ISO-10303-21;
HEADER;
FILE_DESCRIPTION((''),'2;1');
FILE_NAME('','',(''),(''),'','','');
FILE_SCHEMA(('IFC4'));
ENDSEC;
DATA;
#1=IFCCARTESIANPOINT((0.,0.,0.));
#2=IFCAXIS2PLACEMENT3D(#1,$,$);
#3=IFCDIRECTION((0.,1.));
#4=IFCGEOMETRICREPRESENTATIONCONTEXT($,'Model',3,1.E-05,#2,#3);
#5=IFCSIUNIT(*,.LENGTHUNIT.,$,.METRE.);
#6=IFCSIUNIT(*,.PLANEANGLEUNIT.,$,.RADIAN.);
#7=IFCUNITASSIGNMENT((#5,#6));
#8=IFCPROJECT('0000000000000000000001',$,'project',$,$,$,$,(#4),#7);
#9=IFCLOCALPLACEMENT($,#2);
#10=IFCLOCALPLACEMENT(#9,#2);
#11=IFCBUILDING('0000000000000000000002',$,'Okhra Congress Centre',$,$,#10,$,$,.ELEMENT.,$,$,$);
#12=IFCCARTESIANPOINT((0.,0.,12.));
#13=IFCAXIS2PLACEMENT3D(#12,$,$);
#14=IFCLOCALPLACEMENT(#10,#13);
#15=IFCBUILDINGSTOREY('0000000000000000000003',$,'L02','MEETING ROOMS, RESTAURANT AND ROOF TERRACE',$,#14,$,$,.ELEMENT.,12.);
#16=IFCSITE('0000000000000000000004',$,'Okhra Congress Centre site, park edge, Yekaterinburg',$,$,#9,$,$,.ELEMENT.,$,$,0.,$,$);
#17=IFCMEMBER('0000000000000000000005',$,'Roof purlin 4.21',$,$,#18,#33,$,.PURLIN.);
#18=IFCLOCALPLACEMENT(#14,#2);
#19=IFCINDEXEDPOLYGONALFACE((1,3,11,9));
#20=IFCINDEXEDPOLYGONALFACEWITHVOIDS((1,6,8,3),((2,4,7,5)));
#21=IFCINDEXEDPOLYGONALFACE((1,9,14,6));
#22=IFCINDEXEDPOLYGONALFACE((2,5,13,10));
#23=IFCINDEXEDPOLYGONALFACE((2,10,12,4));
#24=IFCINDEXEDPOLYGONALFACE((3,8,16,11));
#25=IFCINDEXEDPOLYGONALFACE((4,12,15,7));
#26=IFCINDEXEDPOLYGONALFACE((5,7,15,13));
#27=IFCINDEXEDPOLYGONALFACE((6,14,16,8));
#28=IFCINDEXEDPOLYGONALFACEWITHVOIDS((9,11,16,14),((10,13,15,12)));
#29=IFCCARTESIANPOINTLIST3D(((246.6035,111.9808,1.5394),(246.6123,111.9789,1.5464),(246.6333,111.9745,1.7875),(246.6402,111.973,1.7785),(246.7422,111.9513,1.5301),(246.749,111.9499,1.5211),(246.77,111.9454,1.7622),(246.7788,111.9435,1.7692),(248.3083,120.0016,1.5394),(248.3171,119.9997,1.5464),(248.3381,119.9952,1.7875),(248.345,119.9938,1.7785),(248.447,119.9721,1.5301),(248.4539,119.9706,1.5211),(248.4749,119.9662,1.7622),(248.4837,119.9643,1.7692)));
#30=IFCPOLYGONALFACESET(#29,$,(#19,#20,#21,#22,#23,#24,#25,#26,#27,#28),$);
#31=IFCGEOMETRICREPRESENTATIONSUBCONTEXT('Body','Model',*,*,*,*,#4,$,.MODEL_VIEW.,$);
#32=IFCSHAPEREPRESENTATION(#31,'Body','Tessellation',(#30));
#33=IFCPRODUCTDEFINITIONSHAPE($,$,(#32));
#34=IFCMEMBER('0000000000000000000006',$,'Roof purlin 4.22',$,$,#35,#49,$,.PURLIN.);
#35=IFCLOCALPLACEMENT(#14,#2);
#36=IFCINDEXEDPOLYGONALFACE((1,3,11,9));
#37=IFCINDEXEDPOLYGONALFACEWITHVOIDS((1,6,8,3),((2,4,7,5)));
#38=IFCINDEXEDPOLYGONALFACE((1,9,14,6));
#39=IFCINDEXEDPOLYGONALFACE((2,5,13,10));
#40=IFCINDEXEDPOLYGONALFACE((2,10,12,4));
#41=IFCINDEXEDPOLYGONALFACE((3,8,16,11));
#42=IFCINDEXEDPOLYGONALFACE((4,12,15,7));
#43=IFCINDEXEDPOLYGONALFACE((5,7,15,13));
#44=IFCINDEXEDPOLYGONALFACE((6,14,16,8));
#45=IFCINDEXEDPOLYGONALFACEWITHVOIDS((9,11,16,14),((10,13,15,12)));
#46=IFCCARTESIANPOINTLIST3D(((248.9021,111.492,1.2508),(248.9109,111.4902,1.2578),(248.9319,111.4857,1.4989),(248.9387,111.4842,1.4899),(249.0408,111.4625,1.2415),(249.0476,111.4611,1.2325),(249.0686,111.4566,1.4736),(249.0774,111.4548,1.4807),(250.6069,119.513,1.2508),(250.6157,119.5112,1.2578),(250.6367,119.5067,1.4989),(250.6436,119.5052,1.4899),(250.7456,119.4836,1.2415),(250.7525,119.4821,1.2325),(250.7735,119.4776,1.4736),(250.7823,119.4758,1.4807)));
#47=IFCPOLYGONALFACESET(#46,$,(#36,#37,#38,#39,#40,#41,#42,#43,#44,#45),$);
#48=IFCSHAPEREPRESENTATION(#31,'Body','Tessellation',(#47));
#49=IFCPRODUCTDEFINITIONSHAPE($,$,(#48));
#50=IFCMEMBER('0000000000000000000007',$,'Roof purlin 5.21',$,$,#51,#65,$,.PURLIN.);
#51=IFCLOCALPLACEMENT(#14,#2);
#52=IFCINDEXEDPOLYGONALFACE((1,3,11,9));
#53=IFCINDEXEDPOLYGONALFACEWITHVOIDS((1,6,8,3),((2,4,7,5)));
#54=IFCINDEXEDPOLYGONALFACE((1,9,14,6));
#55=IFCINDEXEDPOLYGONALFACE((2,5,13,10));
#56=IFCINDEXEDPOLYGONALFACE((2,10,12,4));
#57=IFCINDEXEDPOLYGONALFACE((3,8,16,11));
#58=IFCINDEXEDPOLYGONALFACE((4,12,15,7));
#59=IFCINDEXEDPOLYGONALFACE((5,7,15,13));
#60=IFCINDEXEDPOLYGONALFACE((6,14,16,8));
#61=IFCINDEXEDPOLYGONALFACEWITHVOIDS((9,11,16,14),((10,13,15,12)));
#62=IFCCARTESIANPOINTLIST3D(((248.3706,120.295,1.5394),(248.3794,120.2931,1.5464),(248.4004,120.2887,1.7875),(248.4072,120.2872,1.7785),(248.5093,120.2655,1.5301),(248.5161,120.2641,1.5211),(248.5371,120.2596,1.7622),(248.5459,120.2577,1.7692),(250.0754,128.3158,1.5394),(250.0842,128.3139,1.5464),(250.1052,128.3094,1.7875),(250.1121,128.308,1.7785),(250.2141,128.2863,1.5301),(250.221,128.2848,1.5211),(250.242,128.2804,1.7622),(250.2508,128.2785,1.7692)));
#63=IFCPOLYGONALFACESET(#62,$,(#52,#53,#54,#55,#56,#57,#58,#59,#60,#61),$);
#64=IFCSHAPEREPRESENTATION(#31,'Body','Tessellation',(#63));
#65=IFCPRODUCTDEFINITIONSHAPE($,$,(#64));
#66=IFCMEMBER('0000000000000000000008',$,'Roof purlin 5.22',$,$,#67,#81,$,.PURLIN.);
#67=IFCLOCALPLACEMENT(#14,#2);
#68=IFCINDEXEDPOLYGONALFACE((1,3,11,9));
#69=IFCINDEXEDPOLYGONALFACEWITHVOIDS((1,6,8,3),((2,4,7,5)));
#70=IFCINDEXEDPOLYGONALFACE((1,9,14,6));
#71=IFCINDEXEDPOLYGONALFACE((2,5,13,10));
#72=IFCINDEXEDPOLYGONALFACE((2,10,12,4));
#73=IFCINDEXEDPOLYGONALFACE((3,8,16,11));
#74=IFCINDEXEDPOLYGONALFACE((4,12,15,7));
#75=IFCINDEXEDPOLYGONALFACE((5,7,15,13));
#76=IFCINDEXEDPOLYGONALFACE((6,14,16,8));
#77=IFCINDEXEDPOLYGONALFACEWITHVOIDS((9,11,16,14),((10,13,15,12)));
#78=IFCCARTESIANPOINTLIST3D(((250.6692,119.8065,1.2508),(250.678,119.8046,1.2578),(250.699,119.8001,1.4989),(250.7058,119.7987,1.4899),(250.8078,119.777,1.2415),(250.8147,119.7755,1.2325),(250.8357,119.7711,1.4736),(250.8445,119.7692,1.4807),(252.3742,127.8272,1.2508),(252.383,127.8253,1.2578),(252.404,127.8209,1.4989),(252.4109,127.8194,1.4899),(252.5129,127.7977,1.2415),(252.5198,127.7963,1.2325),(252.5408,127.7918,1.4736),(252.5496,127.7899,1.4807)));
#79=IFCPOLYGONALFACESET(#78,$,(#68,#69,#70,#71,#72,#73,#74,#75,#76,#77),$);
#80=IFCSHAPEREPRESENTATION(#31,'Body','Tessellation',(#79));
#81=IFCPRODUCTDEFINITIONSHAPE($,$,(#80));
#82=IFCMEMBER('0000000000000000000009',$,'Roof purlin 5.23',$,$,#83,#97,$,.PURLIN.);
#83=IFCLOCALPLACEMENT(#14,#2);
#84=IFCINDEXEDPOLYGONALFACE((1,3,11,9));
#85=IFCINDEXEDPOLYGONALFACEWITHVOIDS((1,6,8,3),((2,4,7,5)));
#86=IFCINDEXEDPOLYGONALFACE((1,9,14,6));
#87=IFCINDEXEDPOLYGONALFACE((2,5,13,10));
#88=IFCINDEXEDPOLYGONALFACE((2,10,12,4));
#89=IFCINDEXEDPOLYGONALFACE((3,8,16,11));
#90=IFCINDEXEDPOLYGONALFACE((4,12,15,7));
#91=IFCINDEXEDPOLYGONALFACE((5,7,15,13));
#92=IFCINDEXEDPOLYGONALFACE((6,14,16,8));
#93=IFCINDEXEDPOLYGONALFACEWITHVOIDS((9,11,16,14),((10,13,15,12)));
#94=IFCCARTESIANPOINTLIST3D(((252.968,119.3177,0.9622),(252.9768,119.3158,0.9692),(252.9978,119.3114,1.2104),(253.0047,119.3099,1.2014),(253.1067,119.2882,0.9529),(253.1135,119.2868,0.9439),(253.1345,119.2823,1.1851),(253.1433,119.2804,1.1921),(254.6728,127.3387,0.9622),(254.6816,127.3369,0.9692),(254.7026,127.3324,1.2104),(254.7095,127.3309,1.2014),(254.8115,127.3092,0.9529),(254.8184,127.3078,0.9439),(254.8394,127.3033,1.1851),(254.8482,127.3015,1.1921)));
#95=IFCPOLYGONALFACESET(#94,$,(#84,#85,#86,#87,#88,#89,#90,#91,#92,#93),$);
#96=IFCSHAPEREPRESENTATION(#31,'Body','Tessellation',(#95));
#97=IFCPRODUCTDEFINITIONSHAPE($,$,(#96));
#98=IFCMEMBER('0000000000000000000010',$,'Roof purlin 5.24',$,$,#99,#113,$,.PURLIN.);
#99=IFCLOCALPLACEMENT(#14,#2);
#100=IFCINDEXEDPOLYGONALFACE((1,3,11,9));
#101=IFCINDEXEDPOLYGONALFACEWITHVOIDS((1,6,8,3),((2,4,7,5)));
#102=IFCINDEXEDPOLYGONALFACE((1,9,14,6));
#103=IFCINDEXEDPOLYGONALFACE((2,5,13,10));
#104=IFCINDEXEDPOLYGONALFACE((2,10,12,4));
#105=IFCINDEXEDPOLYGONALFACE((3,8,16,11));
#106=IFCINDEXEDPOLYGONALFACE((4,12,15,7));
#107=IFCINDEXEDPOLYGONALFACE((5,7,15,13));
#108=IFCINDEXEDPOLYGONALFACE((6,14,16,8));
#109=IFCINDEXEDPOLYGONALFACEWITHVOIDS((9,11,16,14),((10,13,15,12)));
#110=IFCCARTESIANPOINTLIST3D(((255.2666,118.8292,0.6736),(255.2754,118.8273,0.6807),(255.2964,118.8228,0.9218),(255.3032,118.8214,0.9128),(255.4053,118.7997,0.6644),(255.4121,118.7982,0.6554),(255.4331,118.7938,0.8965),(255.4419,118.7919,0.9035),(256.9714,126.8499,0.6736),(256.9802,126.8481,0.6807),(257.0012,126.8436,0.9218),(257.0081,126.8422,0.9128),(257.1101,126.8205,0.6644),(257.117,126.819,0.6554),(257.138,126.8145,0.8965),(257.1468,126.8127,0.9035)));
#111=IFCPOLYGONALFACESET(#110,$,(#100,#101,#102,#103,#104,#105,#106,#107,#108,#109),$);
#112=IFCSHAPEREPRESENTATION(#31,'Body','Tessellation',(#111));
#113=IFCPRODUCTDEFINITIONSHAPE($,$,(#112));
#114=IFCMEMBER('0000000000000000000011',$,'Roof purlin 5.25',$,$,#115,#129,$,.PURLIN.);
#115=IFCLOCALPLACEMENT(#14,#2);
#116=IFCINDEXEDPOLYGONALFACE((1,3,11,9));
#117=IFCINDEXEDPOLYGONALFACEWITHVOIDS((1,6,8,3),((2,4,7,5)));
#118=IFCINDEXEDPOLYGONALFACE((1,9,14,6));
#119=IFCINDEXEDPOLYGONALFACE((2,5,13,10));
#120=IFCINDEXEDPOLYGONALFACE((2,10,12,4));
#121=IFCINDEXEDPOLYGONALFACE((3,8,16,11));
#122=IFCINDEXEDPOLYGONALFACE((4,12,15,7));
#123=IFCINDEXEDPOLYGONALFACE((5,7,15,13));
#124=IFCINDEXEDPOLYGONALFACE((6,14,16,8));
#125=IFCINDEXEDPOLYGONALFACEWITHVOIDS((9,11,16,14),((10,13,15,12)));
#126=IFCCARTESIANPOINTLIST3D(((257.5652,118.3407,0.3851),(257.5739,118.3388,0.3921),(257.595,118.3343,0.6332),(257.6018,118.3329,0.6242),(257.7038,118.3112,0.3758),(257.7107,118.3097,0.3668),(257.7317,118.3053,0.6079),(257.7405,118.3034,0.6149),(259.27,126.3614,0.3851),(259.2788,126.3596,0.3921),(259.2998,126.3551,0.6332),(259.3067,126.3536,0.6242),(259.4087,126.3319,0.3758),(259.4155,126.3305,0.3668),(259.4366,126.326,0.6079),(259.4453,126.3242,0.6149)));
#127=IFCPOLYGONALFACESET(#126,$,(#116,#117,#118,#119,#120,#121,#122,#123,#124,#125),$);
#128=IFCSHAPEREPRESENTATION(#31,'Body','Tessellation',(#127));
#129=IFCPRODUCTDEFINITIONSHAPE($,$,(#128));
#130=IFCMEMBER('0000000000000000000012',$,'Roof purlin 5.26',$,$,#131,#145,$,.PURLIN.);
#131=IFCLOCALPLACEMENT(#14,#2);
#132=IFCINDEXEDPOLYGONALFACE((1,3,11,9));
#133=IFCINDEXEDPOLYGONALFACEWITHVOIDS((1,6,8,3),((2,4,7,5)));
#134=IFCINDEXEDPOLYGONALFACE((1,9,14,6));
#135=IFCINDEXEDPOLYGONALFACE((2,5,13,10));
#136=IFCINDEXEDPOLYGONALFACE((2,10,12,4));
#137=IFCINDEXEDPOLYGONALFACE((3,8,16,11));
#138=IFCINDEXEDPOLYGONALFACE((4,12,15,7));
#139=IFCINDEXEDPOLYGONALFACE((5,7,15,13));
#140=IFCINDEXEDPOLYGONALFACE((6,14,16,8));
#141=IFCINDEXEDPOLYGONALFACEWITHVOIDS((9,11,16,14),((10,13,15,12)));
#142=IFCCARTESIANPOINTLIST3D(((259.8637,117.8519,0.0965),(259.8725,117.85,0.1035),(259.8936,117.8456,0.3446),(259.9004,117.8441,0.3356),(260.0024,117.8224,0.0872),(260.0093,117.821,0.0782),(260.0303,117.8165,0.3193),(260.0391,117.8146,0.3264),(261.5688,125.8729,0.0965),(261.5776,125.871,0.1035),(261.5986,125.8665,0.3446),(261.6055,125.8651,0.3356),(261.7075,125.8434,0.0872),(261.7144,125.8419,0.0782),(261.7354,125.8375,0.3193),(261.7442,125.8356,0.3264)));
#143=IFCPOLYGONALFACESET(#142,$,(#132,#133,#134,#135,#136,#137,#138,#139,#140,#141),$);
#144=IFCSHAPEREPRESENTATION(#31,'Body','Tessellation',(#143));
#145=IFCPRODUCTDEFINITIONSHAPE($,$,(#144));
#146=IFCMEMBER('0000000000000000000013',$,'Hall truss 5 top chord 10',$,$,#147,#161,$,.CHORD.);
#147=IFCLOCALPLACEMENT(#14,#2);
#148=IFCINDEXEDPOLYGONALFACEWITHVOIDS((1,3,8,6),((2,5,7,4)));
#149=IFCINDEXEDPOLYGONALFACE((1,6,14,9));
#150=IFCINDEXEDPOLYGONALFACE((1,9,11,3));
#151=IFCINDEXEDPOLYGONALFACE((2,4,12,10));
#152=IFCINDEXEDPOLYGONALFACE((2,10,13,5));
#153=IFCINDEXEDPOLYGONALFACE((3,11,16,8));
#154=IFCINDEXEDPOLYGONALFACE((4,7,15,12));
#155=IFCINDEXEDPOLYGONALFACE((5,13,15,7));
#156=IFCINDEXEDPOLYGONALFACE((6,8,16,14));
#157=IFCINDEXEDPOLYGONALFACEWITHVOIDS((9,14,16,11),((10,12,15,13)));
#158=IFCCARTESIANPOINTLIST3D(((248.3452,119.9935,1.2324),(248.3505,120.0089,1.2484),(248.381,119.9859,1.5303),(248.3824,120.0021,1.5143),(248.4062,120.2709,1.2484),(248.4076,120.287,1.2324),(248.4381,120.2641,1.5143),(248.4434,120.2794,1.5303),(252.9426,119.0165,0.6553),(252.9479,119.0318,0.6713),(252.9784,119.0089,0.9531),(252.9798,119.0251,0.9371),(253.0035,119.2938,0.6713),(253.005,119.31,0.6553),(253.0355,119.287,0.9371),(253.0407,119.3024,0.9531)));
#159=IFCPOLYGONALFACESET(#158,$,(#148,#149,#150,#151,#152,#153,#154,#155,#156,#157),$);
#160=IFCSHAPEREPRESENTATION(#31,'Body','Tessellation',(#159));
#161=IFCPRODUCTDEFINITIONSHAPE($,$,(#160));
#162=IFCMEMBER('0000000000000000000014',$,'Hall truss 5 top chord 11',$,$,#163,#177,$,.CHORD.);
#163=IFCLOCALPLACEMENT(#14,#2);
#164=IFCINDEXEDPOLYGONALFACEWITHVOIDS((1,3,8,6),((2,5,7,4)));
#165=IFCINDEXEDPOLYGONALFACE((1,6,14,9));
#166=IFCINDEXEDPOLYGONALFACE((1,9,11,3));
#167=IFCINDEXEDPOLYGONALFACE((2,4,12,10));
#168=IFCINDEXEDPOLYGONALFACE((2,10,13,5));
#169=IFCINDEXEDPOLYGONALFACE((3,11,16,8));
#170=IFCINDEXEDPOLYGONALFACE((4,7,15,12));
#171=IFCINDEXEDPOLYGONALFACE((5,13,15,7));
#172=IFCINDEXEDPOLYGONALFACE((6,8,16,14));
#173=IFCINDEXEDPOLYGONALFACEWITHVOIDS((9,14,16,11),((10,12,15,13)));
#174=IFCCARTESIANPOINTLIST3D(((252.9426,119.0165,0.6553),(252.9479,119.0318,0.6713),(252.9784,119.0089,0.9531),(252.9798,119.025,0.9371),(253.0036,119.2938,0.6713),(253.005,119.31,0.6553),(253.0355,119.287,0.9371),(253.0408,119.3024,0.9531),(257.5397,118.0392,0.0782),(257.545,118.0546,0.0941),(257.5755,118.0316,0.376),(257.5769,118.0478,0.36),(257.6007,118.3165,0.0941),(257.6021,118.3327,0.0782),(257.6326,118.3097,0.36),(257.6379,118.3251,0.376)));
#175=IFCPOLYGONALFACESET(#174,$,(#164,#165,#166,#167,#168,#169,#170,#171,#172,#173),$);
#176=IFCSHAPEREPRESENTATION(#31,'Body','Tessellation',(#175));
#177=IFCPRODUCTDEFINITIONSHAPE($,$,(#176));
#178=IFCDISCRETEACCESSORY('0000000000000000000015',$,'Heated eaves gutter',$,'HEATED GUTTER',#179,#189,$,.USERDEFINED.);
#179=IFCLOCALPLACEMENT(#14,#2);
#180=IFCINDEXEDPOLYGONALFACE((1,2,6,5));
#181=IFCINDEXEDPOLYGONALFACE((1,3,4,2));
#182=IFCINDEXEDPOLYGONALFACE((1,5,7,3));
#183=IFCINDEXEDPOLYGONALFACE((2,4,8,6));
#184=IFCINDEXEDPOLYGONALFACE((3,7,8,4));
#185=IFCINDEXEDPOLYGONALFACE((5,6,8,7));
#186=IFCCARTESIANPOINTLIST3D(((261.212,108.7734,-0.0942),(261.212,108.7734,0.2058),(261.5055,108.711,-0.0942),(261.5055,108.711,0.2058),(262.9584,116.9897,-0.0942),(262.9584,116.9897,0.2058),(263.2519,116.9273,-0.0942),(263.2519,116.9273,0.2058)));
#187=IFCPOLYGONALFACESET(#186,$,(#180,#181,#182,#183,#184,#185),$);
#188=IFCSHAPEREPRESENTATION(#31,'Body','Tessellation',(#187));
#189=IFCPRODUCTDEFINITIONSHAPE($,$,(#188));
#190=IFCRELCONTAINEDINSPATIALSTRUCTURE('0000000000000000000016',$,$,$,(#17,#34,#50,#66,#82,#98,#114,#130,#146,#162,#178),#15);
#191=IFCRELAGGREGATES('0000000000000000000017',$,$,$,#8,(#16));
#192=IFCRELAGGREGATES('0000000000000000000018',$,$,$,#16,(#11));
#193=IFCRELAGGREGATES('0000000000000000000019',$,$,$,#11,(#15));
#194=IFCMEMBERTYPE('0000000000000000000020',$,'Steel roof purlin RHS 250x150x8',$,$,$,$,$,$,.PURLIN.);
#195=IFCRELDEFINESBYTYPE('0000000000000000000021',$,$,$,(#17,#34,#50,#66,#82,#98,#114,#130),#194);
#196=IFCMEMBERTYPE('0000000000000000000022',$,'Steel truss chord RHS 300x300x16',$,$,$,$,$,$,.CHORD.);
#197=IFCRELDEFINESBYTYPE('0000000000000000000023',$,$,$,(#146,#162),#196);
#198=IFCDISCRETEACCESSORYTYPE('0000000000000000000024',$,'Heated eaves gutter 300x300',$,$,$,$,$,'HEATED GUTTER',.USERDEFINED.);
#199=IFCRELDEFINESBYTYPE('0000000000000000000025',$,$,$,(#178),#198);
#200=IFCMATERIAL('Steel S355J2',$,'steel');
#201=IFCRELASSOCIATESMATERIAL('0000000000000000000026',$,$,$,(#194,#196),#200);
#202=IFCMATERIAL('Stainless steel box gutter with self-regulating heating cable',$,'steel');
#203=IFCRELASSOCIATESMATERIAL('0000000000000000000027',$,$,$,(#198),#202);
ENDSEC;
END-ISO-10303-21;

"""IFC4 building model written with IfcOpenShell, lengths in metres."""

from ifc_helpers import new_model, si_unit, direction, frame, origin, origin_2d, place, context, subcontext, project, spatial, rectangle, hollow_rectangle, extrude, material, material_profile, profile_set, type_object, element, save


model = new_model("IFC4")

# Units and contexts
model_context = context("Model", 3, precision=1e-05, world=origin(), true_north=direction((0.0, 1.0)))
body_context = subcontext(model_context, "Body", "Model", "MODEL_VIEW")
ifc_project = project(units=[si_unit("LENGTHUNIT", "METRE"), si_unit("PLANEANGLEUNIT", "RADIAN")], contexts=[model_context])

# Site, building, storey
site_placement = place(None, origin())
site = spatial("IfcSite", under=ifc_project, at=site_placement, Name="Okhra Congress Centre site, park edge, Yekaterinburg", CompositionType="ELEMENT", RefElevation=0.0)
building_placement = place(site_placement, origin())
building = spatial("IfcBuilding", under=site, at=building_placement, Name="Okhra Congress Centre", CompositionType="ELEMENT")
storey_placement = place(building_placement, frame((0.0, 0.0, 12.0)))
storey = spatial("IfcBuildingStorey", under=building, at=storey_placement, Name="L02", Description="MEETING ROOMS, RESTAURANT AND ROOF TERRACE", CompositionType="ELEMENT", Elevation=12.0)

# Members
ifc_material_1 = material(Name="Steel S355J2", Category="steel")
ifc_material_profile_1 = material_profile(ifc_material_1, hollow_rectangle(XDim=0.1499, YDim=0.25, WallThickness=0.0081, at=origin_2d()), Name="RHS 250x150x8")
ifc_profile_set_1 = profile_set([ifc_material_profile_1], Name="Steel S355J2")
member_type_1 = type_object("IfcMemberType", Name="Steel roof purlin RHS 250x150x8", PredefinedType="PURLIN", material=ifc_profile_set_1)
member_1_placement = place(storey_placement, frame((246.6912, 111.9622, 1.6543), z_axis=(0.207908, 0.978148, 0.0), x_axis=(-0.970857, 0.206359, 0.121869)))
element("IfcMember", 1, at=member_1_placement, inside=storey, type_object=member_type_1, Name="Roof purlin 4.21", PredefinedType="PURLIN", context=body_context, shape_type="SweptSolid", body=[
    extrude(hollow_rectangle(XDim=0.1499, YDim=0.25, WallThickness=0.0081, at=origin_2d()), origin(), (0.0, 0.0, 1.0), 8.2),
])
member_2_placement = place(storey_placement, frame((248.9897, 111.4734, 1.3657), z_axis=(0.207902, 0.97815, 0.0), x_axis=(-0.970859, 0.206353, 0.121869)))
element("IfcMember", 2, at=member_2_placement, inside=storey, type_object=member_type_1, Name="Roof purlin 4.22", PredefinedType="PURLIN", context=body_context, shape_type="SweptSolid", body=[
    extrude(hollow_rectangle(XDim=0.1499, YDim=0.25, WallThickness=0.0081, at=origin_2d()), origin(), (0.0, 0.0, 1.0), 8.2002),
])
for number, where, z_axis, x_axis, name in (
    (3, (248.4583, 120.2764, 1.6543), (0.207908, 0.978148, 0.0), (-0.970857, 0.206359, 0.121869), "Roof purlin 5.21"),
    (4, (250.7568, 119.7878, 1.3657), (0.207937, 0.978142, 0.0), (-0.970851, 0.206387, 0.121869), "Roof purlin 5.22"),
):
    element("IfcMember", number, at=place(storey_placement, frame(where, z_axis=z_axis, x_axis=x_axis)), inside=storey, type_object=member_type_1, Name=name, PredefinedType="PURLIN", context=body_context, shape_type="SweptSolid", body=[
        extrude(hollow_rectangle(XDim=0.1499, YDim=0.25, WallThickness=0.0081, at=origin_2d()), origin(), (0.0, 0.0, 1.0), 8.2),
    ])
member_3_placement = place(storey_placement, frame((253.0557, 119.2991, 1.0771), z_axis=(0.207902, 0.97815, 0.0), x_axis=(-0.970859, 0.206353, 0.121869)))
element("IfcMember", 5, at=member_3_placement, inside=storey, type_object=member_type_1, Name="Roof purlin 5.23", PredefinedType="PURLIN", context=body_context, shape_type="SweptSolid", body=[
    extrude(hollow_rectangle(XDim=0.1499, YDim=0.25, WallThickness=0.0081, at=origin_2d()), origin(), (0.0, 0.0, 1.0), 8.2002),
])
for number, where, z_axis, x_axis, name in (
    (6, (255.3542, 118.8105, 0.7886), (0.207908, 0.978148, 0.0), (-0.970857, 0.206359, 0.121869), "Roof purlin 5.24"),
    (7, (257.6528, 118.322, 0.5), (0.207908, 0.978148, 0.0), (-0.970857, 0.206359, 0.121869), "Roof purlin 5.25"),
):
    element("IfcMember", number, at=place(storey_placement, frame(where, z_axis=z_axis, x_axis=x_axis)), inside=storey, type_object=member_type_1, Name=name, PredefinedType="PURLIN", context=body_context, shape_type="SweptSolid", body=[
        extrude(hollow_rectangle(XDim=0.1499, YDim=0.25, WallThickness=0.0081, at=origin_2d()), origin(), (0.0, 0.0, 1.0), 8.2),
    ])
member_4_placement = place(storey_placement, frame((259.9514, 117.8333, 0.2114), z_axis=(0.207931, 0.978144, 0.0), x_axis=(-0.970853, 0.206381, 0.121869)))
element("IfcMember", 8, at=member_4_placement, inside=storey, type_object=member_type_1, Name="Roof purlin 5.26", PredefinedType="PURLIN", context=body_context, shape_type="SweptSolid", body=[
    extrude(hollow_rectangle(XDim=0.1499, YDim=0.25, WallThickness=0.0081, at=origin_2d()), origin(), (0.0, 0.0, 1.0), 8.2002),
])
ifc_material_profile_2 = material_profile(ifc_material_1, hollow_rectangle(XDim=0.3, YDim=0.3, WallThickness=0.0161, at=origin_2d()), Name="RHS 300x300x16")
ifc_profile_set_2 = profile_set([ifc_material_profile_2], Name="Steel S355J2")
member_type_2 = type_object("IfcMemberType", Name="Steel truss chord RHS 300x300x16", PredefinedType="CHORD", material=ifc_profile_set_2)
member_5_placement = place(storey_placement, frame((248.3943, 120.1365, 1.3813), z_axis=(0.970862, -0.206329, -0.12188), x_axis=(0.207879, 0.978154, 0.0)))
element("IfcMember", 9, at=member_5_placement, inside=storey, type_object=member_type_2, Name="Hall truss 5 top chord 10", PredefinedType="CHORD", context=body_context, shape_type="SweptSolid", body=[
    extrude(hollow_rectangle(XDim=0.3, YDim=0.3, WallThickness=0.0161, at=origin_2d()), origin(), (0.0, 0.0, 1.0), 4.7354),
])
member_6_placement = place(storey_placement, frame((252.9917, 119.1594, 0.8042), z_axis=(0.970849, -0.206389, -0.121885), x_axis=(0.20794, 0.978142, 0.0)))
element("IfcMember", 10, at=member_6_placement, inside=storey, type_object=member_type_2, Name="Hall truss 5 top chord 11", PredefinedType="CHORD", context=body_context, shape_type="SweptSolid", body=[
    extrude(hollow_rectangle(XDim=0.3, YDim=0.3, WallThickness=0.0161, at=origin_2d()), origin(), (0.0, 0.0, 1.0), 4.7351),
])

# Discrete accessory
ifc_material_2 = material(Name="Stainless steel box gutter with self-regulating heating cable", Category="steel")
discrete_accessory_type_1 = type_object("IfcDiscreteAccessoryType", Name="Heated eaves gutter 300x300", ElementType="HEATED GUTTER", PredefinedType="USERDEFINED", material=ifc_material_2)
discrete_accessory_1_placement = place(storey_placement, frame((262.2319, 112.8503, -0.0942), z_axis=(0.0, 0.0, 1.0), x_axis=(0.978148, -0.207912, 0.0)))
element("IfcDiscreteAccessory", 11, at=discrete_accessory_1_placement, inside=storey, type_object=discrete_accessory_type_1, Name="Heated eaves gutter", ObjectType="HEATED GUTTER", PredefinedType="USERDEFINED", context=body_context, shape_type="SweptSolid", body=[
    extrude(rectangle(XDim=0.3, YDim=8.3999, at=origin_2d()), origin(), (0.0, 0.0, 1.0), 0.3),
])

save(model, "model.ifc")
